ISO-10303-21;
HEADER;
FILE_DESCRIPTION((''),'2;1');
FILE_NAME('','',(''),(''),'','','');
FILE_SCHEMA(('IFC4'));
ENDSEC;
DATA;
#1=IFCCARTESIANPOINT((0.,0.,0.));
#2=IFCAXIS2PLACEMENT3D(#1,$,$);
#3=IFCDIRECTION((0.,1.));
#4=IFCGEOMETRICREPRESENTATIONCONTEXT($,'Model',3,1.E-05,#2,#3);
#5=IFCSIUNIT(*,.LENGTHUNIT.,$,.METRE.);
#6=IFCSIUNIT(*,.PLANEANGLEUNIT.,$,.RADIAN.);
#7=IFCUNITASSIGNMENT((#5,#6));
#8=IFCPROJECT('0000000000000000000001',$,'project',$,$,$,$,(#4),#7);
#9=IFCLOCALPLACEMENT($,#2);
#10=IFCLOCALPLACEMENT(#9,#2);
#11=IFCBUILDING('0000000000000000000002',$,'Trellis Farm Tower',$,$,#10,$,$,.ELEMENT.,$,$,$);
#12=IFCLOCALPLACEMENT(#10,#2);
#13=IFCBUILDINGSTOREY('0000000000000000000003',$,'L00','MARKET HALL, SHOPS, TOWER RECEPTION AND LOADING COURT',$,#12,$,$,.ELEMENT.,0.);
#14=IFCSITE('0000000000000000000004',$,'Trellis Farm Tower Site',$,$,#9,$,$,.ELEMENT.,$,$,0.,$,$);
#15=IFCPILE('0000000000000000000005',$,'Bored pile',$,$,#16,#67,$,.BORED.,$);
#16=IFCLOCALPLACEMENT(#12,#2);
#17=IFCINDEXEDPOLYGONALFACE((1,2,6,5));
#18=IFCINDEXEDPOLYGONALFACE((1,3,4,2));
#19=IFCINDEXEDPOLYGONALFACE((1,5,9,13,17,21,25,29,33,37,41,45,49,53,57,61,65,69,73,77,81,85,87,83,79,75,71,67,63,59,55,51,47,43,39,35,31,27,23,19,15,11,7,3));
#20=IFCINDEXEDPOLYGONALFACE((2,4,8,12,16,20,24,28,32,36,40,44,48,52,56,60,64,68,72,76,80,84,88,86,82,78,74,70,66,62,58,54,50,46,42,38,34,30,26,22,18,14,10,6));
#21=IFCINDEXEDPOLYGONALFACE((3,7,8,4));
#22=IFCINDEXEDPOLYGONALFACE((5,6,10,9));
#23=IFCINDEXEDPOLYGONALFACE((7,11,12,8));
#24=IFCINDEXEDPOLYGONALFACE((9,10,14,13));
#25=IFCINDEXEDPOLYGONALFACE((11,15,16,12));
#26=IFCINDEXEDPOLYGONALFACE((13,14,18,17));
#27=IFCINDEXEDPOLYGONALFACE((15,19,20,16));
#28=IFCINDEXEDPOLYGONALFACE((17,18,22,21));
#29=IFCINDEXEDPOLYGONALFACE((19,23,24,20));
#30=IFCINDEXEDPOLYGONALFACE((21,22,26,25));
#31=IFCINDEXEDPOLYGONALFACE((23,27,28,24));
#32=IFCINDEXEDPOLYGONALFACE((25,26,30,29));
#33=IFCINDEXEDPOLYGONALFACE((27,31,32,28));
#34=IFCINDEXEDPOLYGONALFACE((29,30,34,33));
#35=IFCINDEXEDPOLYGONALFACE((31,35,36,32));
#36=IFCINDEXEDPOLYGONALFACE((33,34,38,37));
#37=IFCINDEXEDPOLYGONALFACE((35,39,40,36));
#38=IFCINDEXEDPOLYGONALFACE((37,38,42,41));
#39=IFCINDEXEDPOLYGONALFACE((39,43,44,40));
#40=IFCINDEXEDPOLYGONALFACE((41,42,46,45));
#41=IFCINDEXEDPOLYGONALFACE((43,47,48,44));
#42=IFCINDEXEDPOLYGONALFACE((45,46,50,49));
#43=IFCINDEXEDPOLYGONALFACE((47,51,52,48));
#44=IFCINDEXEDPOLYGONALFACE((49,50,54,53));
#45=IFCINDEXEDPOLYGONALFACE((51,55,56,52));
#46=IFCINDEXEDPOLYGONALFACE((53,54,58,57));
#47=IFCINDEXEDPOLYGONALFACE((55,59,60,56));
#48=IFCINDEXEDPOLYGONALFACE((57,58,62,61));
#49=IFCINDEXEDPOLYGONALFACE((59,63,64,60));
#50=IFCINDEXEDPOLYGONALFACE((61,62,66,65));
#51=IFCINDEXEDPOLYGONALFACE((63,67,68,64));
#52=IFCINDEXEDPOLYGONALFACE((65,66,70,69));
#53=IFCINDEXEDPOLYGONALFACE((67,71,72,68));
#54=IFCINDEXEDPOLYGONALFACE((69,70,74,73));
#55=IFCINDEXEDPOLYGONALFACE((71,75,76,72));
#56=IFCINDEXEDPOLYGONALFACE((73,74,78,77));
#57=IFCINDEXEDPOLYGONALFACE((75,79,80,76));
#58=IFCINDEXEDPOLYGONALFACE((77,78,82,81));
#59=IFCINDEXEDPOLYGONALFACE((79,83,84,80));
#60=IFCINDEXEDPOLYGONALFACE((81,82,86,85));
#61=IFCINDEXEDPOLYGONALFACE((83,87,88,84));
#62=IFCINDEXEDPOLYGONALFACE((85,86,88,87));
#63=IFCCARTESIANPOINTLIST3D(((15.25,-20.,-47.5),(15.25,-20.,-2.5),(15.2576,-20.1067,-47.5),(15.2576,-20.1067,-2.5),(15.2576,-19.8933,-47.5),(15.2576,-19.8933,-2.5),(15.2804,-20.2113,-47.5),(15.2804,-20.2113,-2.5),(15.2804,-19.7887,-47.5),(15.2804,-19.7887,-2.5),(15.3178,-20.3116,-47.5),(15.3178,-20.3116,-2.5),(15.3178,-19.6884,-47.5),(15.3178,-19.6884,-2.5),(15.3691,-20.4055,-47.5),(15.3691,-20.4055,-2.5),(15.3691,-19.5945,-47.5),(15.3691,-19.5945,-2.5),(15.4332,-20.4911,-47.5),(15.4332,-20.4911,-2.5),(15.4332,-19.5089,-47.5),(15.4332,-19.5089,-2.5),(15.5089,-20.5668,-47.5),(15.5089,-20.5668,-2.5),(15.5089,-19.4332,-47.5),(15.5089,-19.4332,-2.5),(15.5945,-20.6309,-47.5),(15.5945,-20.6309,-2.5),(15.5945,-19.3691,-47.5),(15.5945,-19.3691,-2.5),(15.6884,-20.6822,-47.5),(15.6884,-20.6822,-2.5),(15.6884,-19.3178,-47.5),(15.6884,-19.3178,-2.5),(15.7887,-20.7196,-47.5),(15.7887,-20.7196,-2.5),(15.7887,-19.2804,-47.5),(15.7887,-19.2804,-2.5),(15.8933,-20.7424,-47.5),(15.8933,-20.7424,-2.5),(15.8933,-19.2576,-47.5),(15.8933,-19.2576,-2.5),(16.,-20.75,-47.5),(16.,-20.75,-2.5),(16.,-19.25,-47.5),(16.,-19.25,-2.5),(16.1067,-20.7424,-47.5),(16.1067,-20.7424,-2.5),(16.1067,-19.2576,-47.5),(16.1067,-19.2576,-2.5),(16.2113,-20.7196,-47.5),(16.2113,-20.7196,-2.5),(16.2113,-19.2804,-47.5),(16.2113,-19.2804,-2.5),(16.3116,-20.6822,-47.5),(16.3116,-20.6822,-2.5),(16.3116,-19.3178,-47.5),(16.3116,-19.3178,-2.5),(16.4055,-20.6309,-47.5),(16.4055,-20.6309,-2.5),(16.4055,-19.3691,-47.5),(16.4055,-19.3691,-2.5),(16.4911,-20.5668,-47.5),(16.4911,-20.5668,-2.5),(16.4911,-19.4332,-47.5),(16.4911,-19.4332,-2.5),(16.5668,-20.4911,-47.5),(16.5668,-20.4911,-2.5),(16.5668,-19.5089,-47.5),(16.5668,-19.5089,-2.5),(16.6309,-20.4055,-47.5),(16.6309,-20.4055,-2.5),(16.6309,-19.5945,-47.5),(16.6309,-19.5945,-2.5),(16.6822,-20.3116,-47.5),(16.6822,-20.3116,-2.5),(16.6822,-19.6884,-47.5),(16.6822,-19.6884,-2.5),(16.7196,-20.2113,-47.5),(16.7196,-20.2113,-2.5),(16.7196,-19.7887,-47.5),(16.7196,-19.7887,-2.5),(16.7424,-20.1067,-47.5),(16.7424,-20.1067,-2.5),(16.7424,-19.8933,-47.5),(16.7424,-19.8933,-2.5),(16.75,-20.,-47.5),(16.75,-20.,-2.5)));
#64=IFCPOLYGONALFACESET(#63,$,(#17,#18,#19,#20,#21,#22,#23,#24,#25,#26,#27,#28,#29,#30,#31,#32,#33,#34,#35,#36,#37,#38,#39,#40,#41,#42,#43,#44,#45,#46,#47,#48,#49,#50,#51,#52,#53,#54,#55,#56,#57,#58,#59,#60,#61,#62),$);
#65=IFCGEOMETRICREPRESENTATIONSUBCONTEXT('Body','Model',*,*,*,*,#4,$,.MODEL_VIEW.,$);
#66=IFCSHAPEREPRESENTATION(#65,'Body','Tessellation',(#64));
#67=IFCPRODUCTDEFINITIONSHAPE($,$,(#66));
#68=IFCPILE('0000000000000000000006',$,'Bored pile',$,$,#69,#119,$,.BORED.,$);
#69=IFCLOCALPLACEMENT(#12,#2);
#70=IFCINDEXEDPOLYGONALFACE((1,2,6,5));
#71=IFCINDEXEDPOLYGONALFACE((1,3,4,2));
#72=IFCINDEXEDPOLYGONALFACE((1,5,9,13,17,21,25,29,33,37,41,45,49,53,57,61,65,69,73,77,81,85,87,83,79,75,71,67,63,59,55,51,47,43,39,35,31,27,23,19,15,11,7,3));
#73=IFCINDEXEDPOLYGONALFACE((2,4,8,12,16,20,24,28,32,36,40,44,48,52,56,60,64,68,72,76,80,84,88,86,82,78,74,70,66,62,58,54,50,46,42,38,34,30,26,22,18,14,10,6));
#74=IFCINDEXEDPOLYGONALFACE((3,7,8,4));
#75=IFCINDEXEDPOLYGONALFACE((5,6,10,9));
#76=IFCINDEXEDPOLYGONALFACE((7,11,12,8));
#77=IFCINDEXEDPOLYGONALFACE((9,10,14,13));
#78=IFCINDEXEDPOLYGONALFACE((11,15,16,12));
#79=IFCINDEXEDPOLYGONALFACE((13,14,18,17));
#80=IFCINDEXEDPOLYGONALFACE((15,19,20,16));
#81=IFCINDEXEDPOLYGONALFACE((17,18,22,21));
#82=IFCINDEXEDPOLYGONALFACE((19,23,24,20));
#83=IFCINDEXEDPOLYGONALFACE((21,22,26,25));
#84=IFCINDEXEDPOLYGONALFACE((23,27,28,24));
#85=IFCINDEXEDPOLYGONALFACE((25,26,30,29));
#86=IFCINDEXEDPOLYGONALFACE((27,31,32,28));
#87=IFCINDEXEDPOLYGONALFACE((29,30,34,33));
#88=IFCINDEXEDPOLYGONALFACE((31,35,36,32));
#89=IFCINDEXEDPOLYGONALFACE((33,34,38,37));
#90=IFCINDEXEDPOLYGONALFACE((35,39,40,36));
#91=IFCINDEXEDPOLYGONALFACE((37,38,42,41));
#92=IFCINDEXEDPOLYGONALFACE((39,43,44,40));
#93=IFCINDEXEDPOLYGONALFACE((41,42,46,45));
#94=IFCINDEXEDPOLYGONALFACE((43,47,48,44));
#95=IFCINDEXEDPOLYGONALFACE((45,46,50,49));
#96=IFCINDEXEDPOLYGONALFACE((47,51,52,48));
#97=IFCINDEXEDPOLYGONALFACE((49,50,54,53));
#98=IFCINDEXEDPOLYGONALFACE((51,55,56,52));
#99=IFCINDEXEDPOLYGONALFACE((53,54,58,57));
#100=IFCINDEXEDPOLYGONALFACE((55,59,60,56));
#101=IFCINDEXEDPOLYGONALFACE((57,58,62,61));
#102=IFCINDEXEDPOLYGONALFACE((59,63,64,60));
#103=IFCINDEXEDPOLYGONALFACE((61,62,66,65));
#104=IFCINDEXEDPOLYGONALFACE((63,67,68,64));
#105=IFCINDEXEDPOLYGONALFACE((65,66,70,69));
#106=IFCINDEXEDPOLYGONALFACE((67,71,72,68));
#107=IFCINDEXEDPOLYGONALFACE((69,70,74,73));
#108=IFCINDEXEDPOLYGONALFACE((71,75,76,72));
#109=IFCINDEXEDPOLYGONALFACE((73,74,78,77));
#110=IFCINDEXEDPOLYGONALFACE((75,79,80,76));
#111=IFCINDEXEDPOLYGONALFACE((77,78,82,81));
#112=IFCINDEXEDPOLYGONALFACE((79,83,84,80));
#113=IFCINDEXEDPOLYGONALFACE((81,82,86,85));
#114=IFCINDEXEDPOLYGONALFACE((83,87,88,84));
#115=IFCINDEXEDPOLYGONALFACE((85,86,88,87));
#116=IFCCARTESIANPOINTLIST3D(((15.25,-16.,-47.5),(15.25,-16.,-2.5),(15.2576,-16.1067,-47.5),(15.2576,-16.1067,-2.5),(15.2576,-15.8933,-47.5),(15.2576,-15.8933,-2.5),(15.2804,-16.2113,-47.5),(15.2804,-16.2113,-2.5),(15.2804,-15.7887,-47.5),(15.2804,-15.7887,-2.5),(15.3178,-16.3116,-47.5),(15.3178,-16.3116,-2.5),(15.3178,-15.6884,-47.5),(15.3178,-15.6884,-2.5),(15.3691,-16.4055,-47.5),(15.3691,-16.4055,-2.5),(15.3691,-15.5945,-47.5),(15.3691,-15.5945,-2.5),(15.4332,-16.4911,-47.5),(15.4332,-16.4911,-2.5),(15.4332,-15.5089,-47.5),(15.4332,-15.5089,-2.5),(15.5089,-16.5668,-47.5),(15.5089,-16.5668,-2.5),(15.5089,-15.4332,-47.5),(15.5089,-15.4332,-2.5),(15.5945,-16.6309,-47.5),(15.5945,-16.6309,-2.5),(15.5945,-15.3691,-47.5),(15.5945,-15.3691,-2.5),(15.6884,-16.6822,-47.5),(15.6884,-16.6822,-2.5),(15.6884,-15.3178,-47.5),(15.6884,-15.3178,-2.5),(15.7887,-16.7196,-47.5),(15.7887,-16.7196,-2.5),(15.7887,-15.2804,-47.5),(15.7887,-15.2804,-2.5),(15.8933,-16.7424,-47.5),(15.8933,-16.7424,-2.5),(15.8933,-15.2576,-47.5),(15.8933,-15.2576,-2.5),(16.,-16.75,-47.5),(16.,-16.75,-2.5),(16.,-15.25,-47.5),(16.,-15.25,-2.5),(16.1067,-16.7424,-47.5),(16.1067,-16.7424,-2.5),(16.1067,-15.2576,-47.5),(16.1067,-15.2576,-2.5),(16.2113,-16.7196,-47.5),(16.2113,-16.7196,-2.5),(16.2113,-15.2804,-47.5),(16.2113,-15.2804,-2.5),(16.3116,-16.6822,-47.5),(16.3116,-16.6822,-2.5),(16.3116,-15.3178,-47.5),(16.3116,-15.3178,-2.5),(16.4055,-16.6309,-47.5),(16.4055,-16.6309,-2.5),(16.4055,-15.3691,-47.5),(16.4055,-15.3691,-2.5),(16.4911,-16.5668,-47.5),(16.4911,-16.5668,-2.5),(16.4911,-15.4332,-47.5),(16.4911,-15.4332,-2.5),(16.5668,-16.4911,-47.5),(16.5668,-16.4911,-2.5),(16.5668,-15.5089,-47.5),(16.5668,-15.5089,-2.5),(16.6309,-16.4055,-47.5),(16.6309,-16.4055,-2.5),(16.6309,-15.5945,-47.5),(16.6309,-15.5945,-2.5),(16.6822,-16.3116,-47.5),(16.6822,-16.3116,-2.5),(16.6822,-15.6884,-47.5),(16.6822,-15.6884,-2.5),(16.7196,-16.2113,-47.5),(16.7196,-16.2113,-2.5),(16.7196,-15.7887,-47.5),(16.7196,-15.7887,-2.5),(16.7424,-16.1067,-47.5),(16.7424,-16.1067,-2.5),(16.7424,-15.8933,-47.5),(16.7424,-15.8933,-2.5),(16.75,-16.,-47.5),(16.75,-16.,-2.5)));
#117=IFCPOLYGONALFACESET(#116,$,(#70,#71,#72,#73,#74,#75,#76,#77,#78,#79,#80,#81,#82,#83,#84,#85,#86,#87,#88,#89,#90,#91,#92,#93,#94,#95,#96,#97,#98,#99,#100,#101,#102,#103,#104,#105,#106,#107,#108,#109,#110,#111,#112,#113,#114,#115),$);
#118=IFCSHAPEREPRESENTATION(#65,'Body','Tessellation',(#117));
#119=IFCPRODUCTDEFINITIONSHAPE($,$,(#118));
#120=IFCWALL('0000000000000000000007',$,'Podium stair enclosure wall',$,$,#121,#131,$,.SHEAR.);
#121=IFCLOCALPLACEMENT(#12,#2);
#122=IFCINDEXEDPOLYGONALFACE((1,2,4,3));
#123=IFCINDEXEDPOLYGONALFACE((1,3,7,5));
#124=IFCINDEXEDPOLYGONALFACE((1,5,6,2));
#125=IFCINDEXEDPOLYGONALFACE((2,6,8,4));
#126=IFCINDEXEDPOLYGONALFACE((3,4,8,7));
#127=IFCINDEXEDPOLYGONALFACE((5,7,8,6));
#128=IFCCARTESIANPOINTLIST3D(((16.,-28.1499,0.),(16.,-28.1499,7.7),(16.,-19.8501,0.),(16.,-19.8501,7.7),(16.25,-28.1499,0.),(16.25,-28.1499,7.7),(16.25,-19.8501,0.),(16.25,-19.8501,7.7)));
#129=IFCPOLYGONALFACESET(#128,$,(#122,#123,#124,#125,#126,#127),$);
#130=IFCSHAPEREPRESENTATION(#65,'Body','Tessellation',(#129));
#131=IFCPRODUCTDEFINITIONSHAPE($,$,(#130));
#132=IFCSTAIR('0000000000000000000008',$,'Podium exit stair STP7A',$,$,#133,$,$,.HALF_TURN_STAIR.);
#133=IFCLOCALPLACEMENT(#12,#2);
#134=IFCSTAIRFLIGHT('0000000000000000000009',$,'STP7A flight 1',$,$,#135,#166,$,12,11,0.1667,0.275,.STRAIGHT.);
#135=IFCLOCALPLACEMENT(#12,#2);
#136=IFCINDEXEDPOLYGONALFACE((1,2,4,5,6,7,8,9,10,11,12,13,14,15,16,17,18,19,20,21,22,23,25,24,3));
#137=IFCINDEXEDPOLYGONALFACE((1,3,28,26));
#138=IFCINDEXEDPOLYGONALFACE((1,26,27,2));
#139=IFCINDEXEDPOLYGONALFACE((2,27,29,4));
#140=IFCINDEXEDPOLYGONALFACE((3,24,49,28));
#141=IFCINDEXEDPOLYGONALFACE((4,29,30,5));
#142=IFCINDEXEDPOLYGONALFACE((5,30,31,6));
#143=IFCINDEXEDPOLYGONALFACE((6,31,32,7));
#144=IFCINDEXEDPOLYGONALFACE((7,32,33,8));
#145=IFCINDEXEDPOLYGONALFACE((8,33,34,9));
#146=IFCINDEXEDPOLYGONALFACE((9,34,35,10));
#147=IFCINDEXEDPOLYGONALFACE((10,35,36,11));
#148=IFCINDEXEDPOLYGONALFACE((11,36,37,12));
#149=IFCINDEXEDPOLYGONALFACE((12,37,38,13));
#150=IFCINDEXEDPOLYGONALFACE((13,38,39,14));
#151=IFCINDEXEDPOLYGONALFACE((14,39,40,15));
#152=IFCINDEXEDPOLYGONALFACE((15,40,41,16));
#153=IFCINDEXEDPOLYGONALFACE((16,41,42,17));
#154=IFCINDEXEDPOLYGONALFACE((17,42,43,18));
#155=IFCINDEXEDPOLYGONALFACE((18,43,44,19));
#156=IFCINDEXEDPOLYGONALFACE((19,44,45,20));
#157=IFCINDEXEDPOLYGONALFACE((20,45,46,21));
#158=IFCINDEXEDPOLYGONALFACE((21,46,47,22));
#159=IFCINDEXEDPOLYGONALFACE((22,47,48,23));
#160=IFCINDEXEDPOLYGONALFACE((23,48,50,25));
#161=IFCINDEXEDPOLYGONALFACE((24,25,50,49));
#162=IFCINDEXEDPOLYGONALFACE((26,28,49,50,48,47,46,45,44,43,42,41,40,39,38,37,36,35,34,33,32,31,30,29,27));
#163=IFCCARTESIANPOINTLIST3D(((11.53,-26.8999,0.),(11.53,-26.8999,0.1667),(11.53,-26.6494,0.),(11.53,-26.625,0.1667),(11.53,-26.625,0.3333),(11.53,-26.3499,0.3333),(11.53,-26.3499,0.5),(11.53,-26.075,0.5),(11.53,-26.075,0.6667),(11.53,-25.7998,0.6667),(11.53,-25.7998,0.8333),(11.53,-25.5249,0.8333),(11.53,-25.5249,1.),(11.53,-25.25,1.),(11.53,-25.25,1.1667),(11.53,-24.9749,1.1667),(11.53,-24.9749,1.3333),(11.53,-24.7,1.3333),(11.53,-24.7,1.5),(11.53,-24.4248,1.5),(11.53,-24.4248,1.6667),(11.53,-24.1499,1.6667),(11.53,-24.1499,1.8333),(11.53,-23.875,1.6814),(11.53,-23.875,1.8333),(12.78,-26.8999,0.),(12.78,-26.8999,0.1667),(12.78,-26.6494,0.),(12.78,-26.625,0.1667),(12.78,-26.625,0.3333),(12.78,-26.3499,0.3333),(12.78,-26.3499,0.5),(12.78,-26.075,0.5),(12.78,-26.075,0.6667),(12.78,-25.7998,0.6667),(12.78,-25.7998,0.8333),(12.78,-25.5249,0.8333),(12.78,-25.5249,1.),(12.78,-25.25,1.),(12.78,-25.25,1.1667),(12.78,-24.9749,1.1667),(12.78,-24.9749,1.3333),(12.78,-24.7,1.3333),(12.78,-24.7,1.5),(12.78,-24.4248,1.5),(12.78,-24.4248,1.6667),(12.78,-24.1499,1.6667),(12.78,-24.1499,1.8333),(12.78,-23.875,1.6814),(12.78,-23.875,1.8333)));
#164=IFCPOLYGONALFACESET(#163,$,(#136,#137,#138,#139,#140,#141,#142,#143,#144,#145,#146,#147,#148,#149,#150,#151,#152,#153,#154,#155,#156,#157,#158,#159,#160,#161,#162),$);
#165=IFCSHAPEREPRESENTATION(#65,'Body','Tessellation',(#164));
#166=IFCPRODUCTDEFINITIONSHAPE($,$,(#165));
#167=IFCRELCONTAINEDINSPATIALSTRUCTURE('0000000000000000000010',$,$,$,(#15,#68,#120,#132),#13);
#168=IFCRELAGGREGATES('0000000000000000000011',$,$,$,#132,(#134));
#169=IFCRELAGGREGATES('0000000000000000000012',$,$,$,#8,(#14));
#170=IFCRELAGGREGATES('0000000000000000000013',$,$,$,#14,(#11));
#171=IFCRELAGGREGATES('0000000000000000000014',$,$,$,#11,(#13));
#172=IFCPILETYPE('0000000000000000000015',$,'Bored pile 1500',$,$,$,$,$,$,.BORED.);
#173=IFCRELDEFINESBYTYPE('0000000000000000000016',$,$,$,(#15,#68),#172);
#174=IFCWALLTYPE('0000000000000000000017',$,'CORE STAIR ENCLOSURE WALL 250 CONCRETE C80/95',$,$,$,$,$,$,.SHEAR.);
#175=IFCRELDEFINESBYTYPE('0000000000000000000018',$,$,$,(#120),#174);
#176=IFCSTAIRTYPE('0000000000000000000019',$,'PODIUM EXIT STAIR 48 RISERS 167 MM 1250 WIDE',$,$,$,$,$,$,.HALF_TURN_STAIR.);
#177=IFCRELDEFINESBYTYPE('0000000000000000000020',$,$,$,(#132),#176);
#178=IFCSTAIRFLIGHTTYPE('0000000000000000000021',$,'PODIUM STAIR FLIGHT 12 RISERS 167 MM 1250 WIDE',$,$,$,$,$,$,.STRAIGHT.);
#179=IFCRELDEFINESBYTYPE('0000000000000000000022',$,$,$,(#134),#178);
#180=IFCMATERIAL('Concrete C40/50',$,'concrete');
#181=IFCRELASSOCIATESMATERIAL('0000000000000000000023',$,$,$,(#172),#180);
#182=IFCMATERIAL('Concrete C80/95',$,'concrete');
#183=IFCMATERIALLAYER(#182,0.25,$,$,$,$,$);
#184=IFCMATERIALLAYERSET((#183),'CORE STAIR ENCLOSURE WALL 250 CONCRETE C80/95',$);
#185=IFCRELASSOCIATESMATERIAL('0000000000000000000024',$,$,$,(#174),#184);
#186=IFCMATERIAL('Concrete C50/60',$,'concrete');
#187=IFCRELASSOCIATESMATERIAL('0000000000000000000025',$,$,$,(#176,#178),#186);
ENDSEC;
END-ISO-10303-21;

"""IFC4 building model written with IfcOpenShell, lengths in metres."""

from ifc_helpers import new_model, si_unit, direction, frame, frame_2d, origin, origin_2d, place, context, subcontext, project, spatial, polyline, rectangle, circle, outline, extrude, source, transform, mapped, material, layer, layer_set, material_profile, profile_set, type_object, element, aggregate, save


model = new_model("IFC4")

# Units and contexts
model_context = context("Model", 3, precision=1e-05, world=origin(), true_north=direction((0.0, 1.0)))
body_context = subcontext(model_context, "Body", "Model", "MODEL_VIEW")
ifc_project = project(units=[si_unit("LENGTHUNIT", "METRE"), si_unit("PLANEANGLEUNIT", "RADIAN")], contexts=[model_context])

# Site, building, storey
site_placement = place(None, origin())
site = spatial("IfcSite", under=ifc_project, at=site_placement, Name="Trellis Farm Tower Site", CompositionType="ELEMENT", RefElevation=0.0)
building_placement = place(site_placement, origin())
building = spatial("IfcBuilding", under=site, at=building_placement, Name="Trellis Farm Tower", CompositionType="ELEMENT")
storey_placement = place(building_placement, origin())
storey = spatial("IfcBuildingStorey", under=building, at=storey_placement, Name="L00", Description="MARKET HALL, SHOPS, TOWER RECEPTION AND LOADING COURT", CompositionType="ELEMENT", Elevation=0.0)

# Piles
ifc_material_1 = material(Name="Concrete C40/50", Category="concrete")
ifc_material_profile = material_profile(ifc_material_1, circle(Radius=0.75, at=origin_2d()), Name="Bored pile 1500")
ifc_profile_set = profile_set([ifc_material_profile], Name="Concrete C40/50")
pile_type = type_object("IfcPileType", Name="Bored pile 1500", PredefinedType="BORED", material=ifc_profile_set)
shared_shape_1 = source(origin(), body_context, "Body", "SweptSolid", [
    extrude(circle(Radius=0.75, at=origin_2d()), origin(), (0.0, 0.0, 1.0), 45.0),
])
for number, where, z_axis, x_axis, name in (
    (1, (16.0, -20.0, -2.5), (0.0, 0.0, -1.0), (1.0, 0.0, 0.0), "Bored pile"),
    (2, (16.0, -16.0, -2.5), (0.0, 0.0, -1.0), (1.0, 0.0, 0.0), "Bored pile"),
):
    element("IfcPile", number, at=place(storey_placement, frame(where, z_axis=z_axis, x_axis=x_axis)), inside=storey, type_object=pile_type, Name=name, PredefinedType="BORED", context=body_context, shape_type="MappedRepresentation", body=[
        mapped(shared_shape_1, transform((0.0, 0.0, 0.0))),
    ])

# Wall
ifc_material_2 = material(Name="Concrete C80/95", Category="concrete")
ifc_layer = layer(ifc_material_2, 0.25)
ifc_layer_set = layer_set([ifc_layer], Name="CORE STAIR ENCLOSURE WALL 250 CONCRETE C80/95")
wall_type = type_object("IfcWallType", Name="CORE STAIR ENCLOSURE WALL 250 CONCRETE C80/95", PredefinedType="SHEAR", material=ifc_layer_set)
shared_shape_2 = source(origin(), body_context, "Body", "SweptSolid", [
    extrude(rectangle(XDim=8.2998, YDim=0.25, at=frame_2d((4.1499, 0.0))), origin(), (0.0, 0.0, 1.0), 7.7),
])
wall_placement = place(storey_placement, frame((16.125, -28.1499, 0.0), z_axis=(0.0, 0.0, 1.0), x_axis=(0.0, 1.0, 0.0)))
element("IfcWall", 3, at=wall_placement, inside=storey, type_object=wall_type, Name="Podium stair enclosure wall", PredefinedType="SHEAR", context=body_context, shape_type="MappedRepresentation", body=[
    mapped(shared_shape_2, transform((0.0, 0.0, 0.0))),
])

# Stair, stair flight
ifc_material_3 = material(Name="Concrete C50/60", Category="concrete")
stair_type = type_object("IfcStairType", Name="PODIUM EXIT STAIR 48 RISERS 167 MM 1250 WIDE", PredefinedType="HALF_TURN_STAIR", material=ifc_material_3)
placement = place(storey_placement, origin())
stair_1 = element("IfcStair", 4, at=placement, inside=storey, type_object=stair_type, Name="Podium exit stair STP7A", PredefinedType="HALF_TURN_STAIR")
stair_flight_type = type_object("IfcStairFlightType", Name="PODIUM STAIR FLIGHT 12 RISERS 167 MM 1250 WIDE", PredefinedType="STRAIGHT", material=ifc_material_3)
shared_shape_3 = source(origin(), body_context, "Body", "SweptSolid", [
    extrude(outline(polyline([(0.0, 0.0), (0.0, 0.1667), (0.2749, 0.1667), (0.2749, 0.3333), (0.55, 0.3333), (0.55, 0.5), (0.825, 0.5), (0.825, 0.6667), (1.1001, 0.6667), (1.1001, 0.8333), (1.375, 0.8333), (1.375, 1.0), (1.6499, 1.0), (1.6499, 1.1667), (1.925, 1.1667), (1.925, 1.3333), (2.2, 1.3333), (2.2, 1.5), (2.4751, 1.5), (2.4751, 1.6667), (2.75, 1.6667), (2.75, 1.8333), (3.0249, 1.8333), (3.0249, 2.0), (3.0249, 1.6814), (0.2505, 0.0), (0.0, 0.0)])), frame((0.0, 0.625, 0.0), z_axis=(0.0, -1.0, 0.0), x_axis=(1.0, 0.0, 0.0)), (0.0, 0.0, 1.0), 1.25),
])
stair_flight_1_placement = place(storey_placement, frame((12.155, -26.8999, 0.0), z_axis=(0.0, 0.0, 1.0), x_axis=(0.0, 1.0, 0.0)))
stair_flight_1 = element("IfcStairFlight", 5, at=stair_flight_1_placement, type_object=stair_flight_type, Name="STP7A flight 1", NumberOfRisers=12, NumberOfTreads=11, PredefinedType="STRAIGHT", RiserHeight=0.1667, TreadLength=0.275, context=body_context, shape_type="MappedRepresentation", body=[
    mapped(shared_shape_3, transform((0.0, 0.0, 0.0))),
])
aggregate(stair_1, [stair_flight_1])

save(model, "model.ifc")
